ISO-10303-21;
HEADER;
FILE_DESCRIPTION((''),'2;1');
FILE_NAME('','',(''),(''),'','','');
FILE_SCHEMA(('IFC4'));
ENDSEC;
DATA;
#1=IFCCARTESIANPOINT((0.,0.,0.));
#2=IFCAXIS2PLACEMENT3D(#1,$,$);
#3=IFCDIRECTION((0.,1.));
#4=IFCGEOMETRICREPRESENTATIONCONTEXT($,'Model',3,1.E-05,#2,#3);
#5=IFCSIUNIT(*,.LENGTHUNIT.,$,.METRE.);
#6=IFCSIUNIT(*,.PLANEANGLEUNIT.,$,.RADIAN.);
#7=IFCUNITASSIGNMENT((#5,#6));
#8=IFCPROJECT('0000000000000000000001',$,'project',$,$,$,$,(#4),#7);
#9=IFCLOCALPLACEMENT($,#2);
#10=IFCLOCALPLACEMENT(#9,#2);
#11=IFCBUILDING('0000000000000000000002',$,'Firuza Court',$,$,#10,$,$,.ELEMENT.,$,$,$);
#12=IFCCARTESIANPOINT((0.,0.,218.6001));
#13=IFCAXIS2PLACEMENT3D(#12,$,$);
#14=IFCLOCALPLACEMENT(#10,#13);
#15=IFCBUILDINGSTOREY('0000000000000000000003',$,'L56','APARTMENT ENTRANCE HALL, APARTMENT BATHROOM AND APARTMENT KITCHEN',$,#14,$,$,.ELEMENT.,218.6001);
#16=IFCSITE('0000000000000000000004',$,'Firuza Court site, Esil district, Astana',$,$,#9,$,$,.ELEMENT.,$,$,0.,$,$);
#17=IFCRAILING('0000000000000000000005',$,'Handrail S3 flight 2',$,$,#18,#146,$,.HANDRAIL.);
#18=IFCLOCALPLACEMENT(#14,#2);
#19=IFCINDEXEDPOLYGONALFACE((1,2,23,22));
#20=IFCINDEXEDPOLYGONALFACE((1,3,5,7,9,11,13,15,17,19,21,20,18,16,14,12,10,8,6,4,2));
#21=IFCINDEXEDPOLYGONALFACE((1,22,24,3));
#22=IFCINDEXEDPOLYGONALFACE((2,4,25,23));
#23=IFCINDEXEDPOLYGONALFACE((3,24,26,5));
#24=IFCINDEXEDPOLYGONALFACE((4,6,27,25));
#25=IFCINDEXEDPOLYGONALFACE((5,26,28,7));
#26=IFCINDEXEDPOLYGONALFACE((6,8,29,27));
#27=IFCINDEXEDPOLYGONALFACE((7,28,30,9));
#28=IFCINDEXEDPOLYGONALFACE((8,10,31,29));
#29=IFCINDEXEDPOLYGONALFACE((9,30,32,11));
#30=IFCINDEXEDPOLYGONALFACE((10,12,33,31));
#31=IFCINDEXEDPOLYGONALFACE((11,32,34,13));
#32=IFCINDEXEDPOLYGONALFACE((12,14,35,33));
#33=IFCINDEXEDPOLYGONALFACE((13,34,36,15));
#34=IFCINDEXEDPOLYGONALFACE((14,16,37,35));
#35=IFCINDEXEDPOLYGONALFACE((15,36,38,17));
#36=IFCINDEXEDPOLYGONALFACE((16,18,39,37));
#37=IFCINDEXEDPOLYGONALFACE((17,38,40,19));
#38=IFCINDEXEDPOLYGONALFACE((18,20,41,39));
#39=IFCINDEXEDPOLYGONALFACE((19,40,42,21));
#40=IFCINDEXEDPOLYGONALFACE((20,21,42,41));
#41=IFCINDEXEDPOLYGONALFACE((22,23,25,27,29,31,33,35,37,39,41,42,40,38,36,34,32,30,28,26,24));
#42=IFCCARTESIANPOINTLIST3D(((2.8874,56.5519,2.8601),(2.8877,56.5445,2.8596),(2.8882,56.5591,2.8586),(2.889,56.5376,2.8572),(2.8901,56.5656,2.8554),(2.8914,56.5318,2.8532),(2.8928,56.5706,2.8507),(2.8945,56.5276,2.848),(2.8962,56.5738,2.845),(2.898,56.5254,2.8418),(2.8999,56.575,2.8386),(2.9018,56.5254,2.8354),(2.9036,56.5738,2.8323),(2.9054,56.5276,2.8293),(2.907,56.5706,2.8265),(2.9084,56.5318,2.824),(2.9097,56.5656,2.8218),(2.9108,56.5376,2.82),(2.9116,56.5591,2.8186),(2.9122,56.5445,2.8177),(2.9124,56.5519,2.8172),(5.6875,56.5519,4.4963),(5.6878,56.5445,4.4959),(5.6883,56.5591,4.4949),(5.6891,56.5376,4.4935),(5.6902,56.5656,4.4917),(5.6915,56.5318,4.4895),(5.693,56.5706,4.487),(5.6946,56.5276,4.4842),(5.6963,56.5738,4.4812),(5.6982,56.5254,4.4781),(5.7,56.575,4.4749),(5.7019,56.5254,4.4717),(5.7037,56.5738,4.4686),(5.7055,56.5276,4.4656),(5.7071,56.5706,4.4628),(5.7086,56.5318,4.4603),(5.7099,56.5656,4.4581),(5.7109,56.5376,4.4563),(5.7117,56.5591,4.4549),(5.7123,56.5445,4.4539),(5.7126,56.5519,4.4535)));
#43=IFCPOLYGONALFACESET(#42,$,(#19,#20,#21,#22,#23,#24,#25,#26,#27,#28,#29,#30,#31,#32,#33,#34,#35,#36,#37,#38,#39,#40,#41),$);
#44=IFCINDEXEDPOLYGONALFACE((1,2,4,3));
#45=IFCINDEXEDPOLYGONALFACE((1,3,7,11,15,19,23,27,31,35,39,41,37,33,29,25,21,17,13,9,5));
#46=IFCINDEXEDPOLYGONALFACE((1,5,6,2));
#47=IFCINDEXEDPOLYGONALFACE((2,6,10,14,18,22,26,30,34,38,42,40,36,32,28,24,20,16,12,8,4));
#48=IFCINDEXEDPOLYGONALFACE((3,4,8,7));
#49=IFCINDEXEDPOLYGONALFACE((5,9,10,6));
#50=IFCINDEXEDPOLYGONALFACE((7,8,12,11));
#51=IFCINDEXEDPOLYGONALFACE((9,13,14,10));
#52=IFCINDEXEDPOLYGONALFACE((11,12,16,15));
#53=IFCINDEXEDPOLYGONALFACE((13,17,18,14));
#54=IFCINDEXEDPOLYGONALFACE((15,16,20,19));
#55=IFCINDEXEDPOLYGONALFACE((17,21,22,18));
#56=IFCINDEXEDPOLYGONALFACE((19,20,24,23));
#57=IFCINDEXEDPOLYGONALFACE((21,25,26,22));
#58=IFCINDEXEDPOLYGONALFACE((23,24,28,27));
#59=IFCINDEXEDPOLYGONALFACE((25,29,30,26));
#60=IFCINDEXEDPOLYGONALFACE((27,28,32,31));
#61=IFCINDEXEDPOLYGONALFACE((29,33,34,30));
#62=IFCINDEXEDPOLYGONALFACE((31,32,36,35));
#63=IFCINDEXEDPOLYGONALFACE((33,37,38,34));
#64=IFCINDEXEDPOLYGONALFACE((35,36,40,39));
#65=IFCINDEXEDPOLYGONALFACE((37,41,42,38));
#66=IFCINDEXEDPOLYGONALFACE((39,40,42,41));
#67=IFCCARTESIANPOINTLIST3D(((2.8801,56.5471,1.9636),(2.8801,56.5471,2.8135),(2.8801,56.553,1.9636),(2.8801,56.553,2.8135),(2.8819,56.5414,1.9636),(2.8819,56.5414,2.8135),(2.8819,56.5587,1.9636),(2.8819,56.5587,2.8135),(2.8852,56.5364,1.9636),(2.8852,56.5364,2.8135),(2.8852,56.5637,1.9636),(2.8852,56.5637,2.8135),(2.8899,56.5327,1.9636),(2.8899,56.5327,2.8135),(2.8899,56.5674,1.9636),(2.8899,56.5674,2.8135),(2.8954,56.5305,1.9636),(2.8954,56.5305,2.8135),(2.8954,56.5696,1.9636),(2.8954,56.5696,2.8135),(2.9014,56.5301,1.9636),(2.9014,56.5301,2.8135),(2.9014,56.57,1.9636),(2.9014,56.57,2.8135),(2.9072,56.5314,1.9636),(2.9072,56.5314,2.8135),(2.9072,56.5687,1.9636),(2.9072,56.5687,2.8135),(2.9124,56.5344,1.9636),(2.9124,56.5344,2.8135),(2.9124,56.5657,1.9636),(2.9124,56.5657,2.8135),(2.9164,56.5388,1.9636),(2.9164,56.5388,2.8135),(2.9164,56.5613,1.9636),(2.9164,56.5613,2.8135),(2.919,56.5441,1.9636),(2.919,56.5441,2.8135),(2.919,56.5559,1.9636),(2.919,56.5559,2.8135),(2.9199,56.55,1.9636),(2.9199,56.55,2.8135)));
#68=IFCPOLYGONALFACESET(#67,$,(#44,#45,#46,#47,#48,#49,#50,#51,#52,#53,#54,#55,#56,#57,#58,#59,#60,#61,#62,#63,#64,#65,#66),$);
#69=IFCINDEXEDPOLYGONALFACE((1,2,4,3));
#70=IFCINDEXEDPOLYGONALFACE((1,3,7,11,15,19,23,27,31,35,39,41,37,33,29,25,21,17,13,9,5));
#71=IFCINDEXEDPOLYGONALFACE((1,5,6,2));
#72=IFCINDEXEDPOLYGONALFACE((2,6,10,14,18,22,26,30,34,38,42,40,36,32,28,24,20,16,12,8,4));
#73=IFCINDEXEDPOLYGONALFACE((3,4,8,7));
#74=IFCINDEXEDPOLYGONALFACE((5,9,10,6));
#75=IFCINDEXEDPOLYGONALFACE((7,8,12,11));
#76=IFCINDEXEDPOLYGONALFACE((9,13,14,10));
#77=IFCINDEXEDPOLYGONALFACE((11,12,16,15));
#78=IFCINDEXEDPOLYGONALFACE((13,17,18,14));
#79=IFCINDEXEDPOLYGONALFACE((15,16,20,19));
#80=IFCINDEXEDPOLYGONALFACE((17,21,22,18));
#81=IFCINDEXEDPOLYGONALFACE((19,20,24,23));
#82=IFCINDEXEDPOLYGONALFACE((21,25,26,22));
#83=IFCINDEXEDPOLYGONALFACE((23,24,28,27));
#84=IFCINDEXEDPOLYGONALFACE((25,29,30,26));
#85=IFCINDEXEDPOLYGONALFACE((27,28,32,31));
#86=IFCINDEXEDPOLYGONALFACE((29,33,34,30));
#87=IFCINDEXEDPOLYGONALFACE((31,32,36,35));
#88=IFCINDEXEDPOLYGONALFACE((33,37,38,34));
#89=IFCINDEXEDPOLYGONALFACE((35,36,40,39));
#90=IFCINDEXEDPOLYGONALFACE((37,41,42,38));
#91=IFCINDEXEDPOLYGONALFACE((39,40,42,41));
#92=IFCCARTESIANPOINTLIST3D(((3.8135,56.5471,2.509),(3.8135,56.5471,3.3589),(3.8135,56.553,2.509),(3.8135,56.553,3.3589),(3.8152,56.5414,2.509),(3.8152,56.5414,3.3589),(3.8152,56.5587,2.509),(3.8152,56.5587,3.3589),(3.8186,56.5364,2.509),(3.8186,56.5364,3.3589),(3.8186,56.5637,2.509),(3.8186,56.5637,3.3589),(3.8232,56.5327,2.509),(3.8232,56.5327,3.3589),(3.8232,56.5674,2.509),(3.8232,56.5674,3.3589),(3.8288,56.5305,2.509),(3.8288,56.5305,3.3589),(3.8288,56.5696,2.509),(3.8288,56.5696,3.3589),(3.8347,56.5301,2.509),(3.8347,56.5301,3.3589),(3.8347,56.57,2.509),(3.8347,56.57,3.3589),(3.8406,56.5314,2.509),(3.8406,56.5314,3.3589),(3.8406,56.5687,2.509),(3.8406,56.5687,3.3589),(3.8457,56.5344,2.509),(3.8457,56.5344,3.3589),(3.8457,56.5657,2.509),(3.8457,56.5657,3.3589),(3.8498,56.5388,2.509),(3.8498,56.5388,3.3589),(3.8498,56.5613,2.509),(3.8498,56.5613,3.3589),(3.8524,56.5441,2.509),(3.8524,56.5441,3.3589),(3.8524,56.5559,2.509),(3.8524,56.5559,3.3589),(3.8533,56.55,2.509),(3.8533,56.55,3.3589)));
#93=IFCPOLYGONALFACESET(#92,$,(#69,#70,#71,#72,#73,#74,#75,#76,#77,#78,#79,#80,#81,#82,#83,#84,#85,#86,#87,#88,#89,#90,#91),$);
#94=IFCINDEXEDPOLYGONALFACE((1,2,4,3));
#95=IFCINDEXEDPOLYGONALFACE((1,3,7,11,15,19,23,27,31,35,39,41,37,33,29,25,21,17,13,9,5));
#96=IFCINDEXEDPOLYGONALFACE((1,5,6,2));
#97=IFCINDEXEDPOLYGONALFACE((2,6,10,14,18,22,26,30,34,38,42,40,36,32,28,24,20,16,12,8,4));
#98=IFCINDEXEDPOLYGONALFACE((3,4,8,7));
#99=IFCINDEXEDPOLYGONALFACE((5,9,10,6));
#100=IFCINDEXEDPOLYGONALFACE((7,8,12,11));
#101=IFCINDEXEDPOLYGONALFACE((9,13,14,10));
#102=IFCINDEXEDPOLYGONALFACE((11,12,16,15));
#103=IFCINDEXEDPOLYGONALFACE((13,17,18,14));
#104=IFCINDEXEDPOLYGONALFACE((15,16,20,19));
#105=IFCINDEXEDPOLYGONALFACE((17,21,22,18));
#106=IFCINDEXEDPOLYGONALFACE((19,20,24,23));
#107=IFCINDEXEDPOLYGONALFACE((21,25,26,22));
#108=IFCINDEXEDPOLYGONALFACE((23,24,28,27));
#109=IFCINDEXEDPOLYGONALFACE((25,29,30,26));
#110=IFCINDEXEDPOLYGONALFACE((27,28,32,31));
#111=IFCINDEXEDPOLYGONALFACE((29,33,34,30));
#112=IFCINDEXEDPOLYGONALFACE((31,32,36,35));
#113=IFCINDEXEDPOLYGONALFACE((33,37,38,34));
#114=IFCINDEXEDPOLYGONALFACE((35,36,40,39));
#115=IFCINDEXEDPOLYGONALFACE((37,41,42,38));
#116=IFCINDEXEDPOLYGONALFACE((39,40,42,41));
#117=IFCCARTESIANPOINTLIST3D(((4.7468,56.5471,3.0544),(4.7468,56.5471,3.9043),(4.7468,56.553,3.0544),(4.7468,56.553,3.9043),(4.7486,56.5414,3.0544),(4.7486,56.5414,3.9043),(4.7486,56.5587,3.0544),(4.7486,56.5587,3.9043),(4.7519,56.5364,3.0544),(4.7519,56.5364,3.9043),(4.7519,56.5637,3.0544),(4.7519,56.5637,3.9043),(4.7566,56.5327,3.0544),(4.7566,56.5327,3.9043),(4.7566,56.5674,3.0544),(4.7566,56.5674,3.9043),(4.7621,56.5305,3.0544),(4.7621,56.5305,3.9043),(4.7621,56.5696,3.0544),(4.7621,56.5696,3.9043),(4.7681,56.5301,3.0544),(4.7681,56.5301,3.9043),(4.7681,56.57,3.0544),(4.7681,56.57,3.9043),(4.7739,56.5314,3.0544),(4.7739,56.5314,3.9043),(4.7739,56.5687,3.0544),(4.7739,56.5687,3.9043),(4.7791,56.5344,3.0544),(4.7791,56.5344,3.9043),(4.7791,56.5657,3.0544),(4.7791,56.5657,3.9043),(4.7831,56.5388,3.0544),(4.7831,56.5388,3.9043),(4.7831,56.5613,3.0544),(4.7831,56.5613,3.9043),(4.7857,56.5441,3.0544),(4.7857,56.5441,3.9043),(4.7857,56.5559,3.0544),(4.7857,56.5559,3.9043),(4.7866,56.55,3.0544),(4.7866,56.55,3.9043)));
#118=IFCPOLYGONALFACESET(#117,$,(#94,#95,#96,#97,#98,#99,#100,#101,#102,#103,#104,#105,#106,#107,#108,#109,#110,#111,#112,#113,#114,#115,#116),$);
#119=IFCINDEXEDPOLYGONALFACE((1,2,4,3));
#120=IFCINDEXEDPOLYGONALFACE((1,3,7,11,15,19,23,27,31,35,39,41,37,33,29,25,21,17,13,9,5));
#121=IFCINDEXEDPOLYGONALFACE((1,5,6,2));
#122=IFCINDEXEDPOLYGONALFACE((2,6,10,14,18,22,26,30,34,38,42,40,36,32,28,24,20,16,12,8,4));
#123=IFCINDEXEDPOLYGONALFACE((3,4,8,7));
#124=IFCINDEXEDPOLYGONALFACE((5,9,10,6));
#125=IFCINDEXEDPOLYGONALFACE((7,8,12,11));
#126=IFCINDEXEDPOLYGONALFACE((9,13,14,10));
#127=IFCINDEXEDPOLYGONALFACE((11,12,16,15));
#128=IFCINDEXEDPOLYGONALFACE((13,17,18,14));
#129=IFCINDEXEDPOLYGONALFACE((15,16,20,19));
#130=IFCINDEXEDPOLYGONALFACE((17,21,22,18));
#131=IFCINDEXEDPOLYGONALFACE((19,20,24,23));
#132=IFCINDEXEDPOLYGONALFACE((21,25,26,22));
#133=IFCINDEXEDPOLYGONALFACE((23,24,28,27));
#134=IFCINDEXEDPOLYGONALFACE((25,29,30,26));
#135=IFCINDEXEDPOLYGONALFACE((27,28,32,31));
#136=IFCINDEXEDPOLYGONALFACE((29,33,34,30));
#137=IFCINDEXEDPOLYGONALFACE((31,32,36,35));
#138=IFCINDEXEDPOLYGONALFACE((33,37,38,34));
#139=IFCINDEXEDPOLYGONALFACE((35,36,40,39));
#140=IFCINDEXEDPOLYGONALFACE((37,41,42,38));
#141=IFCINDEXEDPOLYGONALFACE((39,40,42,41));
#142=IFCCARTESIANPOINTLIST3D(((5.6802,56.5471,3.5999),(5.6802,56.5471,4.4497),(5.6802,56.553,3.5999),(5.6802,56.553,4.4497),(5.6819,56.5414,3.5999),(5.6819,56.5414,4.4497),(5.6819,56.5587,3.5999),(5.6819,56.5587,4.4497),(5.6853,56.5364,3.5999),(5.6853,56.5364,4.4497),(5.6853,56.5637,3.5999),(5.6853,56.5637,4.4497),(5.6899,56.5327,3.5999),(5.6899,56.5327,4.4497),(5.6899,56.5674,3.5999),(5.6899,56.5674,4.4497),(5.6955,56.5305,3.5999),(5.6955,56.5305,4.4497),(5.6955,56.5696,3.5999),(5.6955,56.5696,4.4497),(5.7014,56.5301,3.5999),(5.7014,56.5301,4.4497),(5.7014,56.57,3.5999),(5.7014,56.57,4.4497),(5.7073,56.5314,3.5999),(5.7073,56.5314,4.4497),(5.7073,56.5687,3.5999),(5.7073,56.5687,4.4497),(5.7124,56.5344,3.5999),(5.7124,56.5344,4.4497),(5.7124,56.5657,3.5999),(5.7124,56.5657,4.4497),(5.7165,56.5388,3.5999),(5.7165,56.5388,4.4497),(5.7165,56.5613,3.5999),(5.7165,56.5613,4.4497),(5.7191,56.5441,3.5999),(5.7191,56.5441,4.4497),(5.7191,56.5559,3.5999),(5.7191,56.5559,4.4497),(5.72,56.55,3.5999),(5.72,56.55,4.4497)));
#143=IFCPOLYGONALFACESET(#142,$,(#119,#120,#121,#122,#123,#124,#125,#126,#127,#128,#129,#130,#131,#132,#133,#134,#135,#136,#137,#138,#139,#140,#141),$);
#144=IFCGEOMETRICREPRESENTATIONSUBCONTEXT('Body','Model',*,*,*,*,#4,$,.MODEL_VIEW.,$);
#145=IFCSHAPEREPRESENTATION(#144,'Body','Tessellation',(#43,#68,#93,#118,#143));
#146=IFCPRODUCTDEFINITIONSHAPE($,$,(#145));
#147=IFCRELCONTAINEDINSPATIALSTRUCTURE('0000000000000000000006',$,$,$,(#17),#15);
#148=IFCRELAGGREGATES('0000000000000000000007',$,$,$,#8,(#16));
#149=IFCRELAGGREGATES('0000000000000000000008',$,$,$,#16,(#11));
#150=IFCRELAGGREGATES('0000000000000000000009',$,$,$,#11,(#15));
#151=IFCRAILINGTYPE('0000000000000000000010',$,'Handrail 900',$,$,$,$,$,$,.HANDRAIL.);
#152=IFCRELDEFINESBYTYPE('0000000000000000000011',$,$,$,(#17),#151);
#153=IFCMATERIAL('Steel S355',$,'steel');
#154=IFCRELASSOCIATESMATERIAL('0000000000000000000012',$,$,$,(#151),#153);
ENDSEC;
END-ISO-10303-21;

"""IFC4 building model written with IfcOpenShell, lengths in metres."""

from ifc_helpers import new_model, si_unit, direction, frame, origin, origin_2d, place, context, subcontext, project, spatial, circle, extrude, material, type_object, element, save


model = new_model("IFC4")

# Units and contexts
model_context = context("Model", 3, precision=1e-05, world=origin(), true_north=direction((0.0, 1.0)))
body_context = subcontext(model_context, "Body", "Model", "MODEL_VIEW")
ifc_project = project(units=[si_unit("LENGTHUNIT", "METRE"), si_unit("PLANEANGLEUNIT", "RADIAN")], contexts=[model_context])

# Site, building, storey
site_placement = place(None, origin())
site = spatial("IfcSite", under=ifc_project, at=site_placement, Name="Firuza Court site, Esil district, Astana", CompositionType="ELEMENT", RefElevation=0.0)
building_placement = place(site_placement, origin())
building = spatial("IfcBuilding", under=site, at=building_placement, Name="Firuza Court", CompositionType="ELEMENT")
storey_placement = place(building_placement, frame((0.0, 0.0, 218.6001)))
storey = spatial("IfcBuildingStorey", under=building, at=storey_placement, Name="L56", Description="APARTMENT ENTRANCE HALL, APARTMENT BATHROOM AND APARTMENT KITCHEN", CompositionType="ELEMENT", Elevation=218.6001)

# Railing
ifc_material_1 = material(Name="Steel S355", Category="steel")
railing_type_1 = type_object("IfcRailingType", Name="Handrail 900", PredefinedType="HANDRAIL", material=ifc_material_1)
railing_1_placement = place(storey_placement, frame((2.8999, 56.55, 1.9636)))
element("IfcRailing", 1, at=railing_1_placement, inside=storey, type_object=railing_type_1, Name="Handrail S3 flight 2", PredefinedType="HANDRAIL", context=body_context, shape_type="SweptSolid", body=[
    extrude(circle(Radius=0.0249, at=origin_2d()), frame((0.0, 0.0, 0.875), z_axis=(0.863394, 0.0, 0.504531), x_axis=(0.0, 1.0, 0.0)), (0.0, 0.0, 1.0), 3.2432),
    extrude(circle(Radius=0.02, at=origin_2d()), origin(), (0.0, 0.0, 1.0), 0.8499),
    extrude(circle(Radius=0.02, at=origin_2d()), frame((0.9333, 0.0, 0.5454)), (0.0, 0.0, 1.0), 0.8499),
    extrude(circle(Radius=0.02, at=origin_2d()), frame((1.8667, 0.0, 1.0908)), (0.0, 0.0, 1.0), 0.8499),
    extrude(circle(Radius=0.02, at=origin_2d()), frame((2.8, 0.0, 1.6362)), (0.0, 0.0, 1.0), 0.8499),
])

save(model, "model.ifc")
